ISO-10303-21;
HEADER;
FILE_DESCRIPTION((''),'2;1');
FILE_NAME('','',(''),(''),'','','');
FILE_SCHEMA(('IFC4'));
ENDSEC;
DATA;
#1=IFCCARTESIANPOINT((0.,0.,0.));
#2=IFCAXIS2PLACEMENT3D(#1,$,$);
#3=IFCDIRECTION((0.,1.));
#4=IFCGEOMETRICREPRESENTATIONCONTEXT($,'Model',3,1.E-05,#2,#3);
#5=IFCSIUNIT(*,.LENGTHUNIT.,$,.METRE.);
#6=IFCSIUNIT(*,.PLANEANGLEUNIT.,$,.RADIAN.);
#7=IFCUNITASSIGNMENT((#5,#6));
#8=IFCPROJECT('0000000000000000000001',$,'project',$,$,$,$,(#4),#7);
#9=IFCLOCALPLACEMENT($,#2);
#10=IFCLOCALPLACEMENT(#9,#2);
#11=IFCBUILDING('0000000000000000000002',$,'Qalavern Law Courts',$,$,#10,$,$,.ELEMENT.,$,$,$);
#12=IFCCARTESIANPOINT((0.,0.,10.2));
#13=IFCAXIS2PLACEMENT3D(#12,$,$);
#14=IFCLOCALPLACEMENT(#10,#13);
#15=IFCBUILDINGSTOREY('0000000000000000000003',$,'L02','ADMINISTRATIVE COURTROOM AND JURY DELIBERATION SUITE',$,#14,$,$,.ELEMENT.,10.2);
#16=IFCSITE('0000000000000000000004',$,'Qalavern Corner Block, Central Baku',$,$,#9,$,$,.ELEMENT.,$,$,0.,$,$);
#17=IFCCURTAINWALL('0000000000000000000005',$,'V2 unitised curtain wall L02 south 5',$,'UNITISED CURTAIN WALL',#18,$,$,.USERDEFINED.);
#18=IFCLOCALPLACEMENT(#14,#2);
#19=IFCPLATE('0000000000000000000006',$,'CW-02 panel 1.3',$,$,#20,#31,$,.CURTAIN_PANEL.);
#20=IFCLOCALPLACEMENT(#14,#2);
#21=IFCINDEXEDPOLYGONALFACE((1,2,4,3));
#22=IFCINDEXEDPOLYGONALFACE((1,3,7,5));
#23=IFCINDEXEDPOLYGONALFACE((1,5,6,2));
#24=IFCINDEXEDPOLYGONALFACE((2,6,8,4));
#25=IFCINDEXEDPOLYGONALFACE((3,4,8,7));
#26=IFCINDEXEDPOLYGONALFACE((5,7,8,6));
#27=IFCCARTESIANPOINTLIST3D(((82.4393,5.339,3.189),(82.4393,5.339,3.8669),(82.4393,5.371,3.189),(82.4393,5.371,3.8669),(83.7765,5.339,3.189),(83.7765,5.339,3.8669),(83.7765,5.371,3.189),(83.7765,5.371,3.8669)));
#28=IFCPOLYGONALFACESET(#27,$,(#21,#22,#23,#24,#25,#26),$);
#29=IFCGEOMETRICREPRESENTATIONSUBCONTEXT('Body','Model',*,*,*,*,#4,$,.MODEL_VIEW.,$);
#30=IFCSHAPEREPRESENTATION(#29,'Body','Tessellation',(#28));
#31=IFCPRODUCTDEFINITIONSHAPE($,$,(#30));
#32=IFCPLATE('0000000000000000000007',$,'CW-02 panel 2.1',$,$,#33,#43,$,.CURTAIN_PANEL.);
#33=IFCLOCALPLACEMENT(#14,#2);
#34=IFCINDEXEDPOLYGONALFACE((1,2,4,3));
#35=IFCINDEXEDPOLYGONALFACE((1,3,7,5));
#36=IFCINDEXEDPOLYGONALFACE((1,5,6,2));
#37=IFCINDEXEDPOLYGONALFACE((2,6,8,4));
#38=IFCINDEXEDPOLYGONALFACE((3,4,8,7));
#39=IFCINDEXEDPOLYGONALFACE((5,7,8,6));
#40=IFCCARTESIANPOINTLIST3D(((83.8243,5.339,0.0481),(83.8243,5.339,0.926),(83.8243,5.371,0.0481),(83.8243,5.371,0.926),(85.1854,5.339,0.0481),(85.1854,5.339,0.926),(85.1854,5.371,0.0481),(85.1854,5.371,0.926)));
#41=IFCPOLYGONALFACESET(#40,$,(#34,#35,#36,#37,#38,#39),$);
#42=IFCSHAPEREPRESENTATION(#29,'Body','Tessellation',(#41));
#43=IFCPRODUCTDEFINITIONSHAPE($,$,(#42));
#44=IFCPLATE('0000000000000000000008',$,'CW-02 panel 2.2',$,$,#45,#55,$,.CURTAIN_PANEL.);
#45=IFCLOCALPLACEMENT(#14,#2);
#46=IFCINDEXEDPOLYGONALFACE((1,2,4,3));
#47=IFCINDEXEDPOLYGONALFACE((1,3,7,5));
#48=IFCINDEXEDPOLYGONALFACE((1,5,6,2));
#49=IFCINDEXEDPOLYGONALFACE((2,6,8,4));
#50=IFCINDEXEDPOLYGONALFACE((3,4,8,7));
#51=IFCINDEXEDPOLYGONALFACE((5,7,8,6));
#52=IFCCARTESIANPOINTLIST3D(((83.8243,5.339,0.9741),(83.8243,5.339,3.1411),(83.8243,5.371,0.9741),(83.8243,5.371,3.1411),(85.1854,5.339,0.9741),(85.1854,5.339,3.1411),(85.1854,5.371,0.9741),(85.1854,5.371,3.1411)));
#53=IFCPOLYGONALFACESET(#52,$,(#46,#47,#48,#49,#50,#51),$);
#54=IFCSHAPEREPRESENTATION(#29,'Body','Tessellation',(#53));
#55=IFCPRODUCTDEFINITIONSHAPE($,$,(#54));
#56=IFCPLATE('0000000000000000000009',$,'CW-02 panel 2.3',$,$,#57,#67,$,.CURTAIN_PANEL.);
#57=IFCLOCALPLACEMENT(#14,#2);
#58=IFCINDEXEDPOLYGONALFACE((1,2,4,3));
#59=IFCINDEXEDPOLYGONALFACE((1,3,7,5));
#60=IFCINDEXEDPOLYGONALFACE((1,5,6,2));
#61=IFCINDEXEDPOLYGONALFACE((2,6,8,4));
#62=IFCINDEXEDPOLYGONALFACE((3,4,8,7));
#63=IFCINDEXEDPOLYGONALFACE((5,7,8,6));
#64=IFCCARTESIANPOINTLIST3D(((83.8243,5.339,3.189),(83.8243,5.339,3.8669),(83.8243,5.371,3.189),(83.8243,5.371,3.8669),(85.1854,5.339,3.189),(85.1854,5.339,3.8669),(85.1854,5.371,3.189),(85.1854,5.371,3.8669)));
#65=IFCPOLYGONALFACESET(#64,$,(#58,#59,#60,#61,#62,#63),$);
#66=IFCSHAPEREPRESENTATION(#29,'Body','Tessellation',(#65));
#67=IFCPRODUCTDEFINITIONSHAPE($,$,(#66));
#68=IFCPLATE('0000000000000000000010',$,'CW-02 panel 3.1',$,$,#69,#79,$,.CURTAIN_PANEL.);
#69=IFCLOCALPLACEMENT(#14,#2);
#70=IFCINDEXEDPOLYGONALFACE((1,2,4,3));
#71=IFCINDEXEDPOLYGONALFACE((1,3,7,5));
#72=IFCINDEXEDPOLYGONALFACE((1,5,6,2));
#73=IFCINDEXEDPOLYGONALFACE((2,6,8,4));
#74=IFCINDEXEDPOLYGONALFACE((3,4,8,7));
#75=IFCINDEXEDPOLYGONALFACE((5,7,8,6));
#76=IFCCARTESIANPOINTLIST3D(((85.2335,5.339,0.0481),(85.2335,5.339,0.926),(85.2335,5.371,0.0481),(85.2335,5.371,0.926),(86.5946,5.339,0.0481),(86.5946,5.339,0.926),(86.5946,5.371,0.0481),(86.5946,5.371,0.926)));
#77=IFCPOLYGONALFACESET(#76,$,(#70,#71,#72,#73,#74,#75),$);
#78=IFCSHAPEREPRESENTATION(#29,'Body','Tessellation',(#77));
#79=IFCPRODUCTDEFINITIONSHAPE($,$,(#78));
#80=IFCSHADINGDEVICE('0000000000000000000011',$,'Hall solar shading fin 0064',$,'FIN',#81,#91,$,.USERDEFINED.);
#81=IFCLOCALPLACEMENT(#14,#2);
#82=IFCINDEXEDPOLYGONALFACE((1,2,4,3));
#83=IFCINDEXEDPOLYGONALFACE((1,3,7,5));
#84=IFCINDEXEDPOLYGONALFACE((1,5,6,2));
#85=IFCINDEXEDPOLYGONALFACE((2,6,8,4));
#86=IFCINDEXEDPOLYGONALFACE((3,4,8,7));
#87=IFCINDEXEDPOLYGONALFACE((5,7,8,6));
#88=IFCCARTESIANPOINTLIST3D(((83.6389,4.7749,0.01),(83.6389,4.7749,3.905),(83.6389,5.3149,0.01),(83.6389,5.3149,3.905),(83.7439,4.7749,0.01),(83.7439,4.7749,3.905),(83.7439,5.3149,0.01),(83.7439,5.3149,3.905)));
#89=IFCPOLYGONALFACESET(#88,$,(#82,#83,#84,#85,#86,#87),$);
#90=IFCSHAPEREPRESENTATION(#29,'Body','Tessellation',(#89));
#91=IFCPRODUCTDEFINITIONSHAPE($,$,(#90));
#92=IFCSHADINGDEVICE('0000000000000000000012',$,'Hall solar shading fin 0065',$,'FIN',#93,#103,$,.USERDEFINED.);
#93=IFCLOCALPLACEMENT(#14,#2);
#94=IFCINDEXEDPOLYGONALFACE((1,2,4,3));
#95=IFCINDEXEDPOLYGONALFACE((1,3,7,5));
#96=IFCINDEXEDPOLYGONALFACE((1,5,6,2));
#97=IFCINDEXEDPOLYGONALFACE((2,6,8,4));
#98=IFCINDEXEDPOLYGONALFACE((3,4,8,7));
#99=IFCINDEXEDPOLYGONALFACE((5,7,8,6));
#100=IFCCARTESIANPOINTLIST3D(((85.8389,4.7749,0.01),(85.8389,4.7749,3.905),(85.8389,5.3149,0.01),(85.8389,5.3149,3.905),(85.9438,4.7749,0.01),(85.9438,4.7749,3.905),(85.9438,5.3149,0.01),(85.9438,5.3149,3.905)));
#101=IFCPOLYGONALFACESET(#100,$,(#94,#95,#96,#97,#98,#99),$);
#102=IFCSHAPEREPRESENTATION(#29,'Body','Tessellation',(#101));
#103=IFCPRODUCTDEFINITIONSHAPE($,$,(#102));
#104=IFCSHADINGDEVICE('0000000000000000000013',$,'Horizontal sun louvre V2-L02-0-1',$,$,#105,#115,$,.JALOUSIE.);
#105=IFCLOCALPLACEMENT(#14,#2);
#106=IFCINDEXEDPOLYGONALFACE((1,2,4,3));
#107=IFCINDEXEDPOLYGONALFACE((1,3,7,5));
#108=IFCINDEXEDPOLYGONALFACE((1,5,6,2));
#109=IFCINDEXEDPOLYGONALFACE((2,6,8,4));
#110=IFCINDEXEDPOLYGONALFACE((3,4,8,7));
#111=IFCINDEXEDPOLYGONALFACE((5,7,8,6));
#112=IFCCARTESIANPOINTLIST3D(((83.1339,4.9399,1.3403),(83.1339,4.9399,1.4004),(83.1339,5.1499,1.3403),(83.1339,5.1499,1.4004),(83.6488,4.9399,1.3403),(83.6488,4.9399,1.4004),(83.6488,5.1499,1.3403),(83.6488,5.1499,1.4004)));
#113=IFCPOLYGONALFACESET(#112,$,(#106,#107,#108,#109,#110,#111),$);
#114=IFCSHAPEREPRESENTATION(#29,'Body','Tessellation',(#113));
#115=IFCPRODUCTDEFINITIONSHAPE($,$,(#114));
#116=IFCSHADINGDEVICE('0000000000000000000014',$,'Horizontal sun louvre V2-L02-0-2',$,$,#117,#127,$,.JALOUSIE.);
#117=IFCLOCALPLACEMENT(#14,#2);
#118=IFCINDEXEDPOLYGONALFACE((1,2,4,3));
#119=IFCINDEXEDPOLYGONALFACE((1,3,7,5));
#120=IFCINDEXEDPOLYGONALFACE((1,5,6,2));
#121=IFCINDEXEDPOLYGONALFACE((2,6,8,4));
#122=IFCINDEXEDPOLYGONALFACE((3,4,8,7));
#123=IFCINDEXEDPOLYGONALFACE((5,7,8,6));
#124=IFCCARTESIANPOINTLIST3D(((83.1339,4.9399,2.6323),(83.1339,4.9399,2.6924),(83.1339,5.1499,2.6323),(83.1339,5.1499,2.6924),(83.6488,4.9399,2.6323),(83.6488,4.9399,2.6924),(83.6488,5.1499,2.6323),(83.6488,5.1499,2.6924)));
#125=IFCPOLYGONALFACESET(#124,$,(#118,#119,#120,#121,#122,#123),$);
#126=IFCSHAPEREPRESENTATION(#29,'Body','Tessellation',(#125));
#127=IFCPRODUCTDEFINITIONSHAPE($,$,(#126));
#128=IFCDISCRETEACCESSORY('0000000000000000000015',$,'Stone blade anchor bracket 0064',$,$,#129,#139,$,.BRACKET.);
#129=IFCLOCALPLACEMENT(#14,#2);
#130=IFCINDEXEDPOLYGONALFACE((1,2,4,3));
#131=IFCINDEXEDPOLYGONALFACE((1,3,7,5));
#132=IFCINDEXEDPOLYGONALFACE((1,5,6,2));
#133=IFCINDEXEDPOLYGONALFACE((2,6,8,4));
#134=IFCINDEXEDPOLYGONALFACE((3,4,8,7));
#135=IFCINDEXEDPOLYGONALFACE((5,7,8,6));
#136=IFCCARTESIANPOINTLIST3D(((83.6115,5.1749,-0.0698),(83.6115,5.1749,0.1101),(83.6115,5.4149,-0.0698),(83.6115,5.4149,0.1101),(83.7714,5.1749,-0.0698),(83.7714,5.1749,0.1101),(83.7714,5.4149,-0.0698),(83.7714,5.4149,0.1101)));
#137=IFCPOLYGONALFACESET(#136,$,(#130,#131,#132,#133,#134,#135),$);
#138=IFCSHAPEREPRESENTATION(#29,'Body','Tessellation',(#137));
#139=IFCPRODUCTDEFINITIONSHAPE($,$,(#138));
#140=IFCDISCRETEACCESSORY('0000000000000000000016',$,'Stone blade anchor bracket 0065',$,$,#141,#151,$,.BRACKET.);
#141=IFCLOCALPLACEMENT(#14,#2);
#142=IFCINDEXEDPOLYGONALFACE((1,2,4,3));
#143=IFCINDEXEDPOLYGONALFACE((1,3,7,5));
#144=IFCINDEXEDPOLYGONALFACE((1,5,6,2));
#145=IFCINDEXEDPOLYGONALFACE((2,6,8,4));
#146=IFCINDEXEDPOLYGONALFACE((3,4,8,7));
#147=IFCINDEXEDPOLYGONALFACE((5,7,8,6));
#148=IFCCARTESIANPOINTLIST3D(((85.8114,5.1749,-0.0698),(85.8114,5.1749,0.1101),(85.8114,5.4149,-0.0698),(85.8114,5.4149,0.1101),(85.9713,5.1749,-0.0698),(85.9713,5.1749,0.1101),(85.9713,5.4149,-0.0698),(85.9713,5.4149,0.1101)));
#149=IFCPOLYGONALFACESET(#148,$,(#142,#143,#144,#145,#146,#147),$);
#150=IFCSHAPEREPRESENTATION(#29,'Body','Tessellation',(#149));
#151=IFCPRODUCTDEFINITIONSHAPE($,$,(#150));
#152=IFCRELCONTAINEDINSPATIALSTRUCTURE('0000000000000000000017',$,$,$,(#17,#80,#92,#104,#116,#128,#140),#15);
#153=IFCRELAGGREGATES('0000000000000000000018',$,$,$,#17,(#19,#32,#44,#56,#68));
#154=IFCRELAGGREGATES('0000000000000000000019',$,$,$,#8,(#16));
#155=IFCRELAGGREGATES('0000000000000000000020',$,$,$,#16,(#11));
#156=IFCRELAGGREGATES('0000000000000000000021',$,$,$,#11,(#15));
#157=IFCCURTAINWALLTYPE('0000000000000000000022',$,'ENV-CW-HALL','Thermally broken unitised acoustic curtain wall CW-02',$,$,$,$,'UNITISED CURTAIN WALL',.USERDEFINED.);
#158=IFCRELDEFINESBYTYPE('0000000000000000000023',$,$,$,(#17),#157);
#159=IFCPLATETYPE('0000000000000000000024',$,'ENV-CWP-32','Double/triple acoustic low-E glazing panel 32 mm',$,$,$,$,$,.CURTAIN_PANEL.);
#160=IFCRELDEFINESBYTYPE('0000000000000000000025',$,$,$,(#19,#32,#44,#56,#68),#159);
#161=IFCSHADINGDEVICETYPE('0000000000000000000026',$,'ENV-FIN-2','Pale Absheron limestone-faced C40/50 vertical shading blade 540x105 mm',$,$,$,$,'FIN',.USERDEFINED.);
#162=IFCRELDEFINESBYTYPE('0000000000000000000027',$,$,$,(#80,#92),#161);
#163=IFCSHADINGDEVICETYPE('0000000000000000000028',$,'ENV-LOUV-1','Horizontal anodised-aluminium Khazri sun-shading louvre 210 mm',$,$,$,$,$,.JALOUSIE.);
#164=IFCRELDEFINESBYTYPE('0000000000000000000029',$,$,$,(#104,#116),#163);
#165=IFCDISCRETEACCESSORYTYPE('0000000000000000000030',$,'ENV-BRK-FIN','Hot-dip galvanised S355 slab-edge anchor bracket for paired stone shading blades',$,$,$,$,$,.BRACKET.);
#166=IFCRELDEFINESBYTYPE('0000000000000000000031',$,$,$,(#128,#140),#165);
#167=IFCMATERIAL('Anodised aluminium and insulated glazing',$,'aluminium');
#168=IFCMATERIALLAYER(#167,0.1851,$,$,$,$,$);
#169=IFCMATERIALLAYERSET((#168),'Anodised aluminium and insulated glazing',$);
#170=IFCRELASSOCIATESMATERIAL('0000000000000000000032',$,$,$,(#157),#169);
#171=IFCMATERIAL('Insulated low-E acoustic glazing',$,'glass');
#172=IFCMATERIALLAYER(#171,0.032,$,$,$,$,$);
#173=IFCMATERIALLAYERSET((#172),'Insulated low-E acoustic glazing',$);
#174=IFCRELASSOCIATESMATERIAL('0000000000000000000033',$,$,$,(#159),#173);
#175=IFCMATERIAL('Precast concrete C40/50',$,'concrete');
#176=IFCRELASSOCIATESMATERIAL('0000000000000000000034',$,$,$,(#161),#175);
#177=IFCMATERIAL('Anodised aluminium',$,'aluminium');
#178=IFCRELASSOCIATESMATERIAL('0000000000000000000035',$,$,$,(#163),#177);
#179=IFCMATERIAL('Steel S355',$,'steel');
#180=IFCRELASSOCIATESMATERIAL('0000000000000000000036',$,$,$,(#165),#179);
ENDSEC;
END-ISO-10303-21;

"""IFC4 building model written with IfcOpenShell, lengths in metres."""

from ifc_helpers import new_model, si_unit, direction, frame, origin, origin_2d, place, context, subcontext, project, spatial, rectangle, extrude, material, layer, layer_set, type_object, element, aggregate, save


model = new_model("IFC4")

# Units and contexts
model_context = context("Model", 3, precision=1e-05, world=origin(), true_north=direction((0.0, 1.0)))
body_context = subcontext(model_context, "Body", "Model", "MODEL_VIEW")
ifc_project = project(units=[si_unit("LENGTHUNIT", "METRE"), si_unit("PLANEANGLEUNIT", "RADIAN")], contexts=[model_context])

# Site, building, storey
site_placement = place(None, origin())
site = spatial("IfcSite", under=ifc_project, at=site_placement, Name="Qalavern Corner Block, Central Baku", CompositionType="ELEMENT", RefElevation=0.0)
building_placement = place(site_placement, origin())
building = spatial("IfcBuilding", under=site, at=building_placement, Name="Qalavern Law Courts", CompositionType="ELEMENT")
storey_placement = place(building_placement, frame((0.0, 0.0, 10.2)))
storey = spatial("IfcBuildingStorey", under=building, at=storey_placement, Name="L02", Description="ADMINISTRATIVE COURTROOM AND JURY DELIBERATION SUITE", CompositionType="ELEMENT", Elevation=10.2)

# Curtain wall, plates
ifc_material_1 = material(Name="Anodised aluminium and insulated glazing", Category="aluminium")
ifc_layer_1 = layer(ifc_material_1, 0.1851)
ifc_layer_set_1 = layer_set([ifc_layer_1], Name="Anodised aluminium and insulated glazing")
curtain_wall_type = type_object("IfcCurtainWallType", Name="ENV-CW-HALL", Description="Thermally broken unitised acoustic curtain wall CW-02", ElementType="UNITISED CURTAIN WALL", PredefinedType="USERDEFINED", material=ifc_layer_set_1)
curtain_wall_placement = place(storey_placement, origin())
curtain_wall = element("IfcCurtainWall", 1, at=curtain_wall_placement, inside=storey, type_object=curtain_wall_type, Name="V2 unitised curtain wall L02 south 5", ObjectType="UNITISED CURTAIN WALL", PredefinedType="USERDEFINED")
ifc_material_2 = material(Name="Anodised aluminium", Category="aluminium")
ifc_material_3 = material(Name="Insulated low-E acoustic glazing", Category="glass")
ifc_layer_2 = layer(ifc_material_3, 0.032)
ifc_layer_set_2 = layer_set([ifc_layer_2], Name="Insulated low-E acoustic glazing")
plate_type = type_object("IfcPlateType", Name="ENV-CWP-32", Description="Double/triple acoustic low-E glazing panel 32 mm", PredefinedType="CURTAIN_PANEL", material=ifc_layer_set_2)
plate_1_placement = place(storey_placement, frame((83.1079, 5.355, 3.189), z_axis=(0.0, 0.0, 1.0), x_axis=(1.0, 0.0, 0.0)))
plate_1 = element("IfcPlate", 2, at=plate_1_placement, type_object=plate_type, Name="CW-02 panel 1.3", PredefinedType="CURTAIN_PANEL", context=body_context, shape_type="SweptSolid", body=[
    extrude(rectangle(XDim=1.3372, YDim=0.032, at=origin_2d()), origin(), (0.0, 0.0, 1.0), 0.678),
])
plate_2_placement = place(storey_placement, frame((84.5049, 5.355, 0.0481), z_axis=(0.0, 0.0, 1.0), x_axis=(1.0, 0.0, 0.0)))
plate_2 = element("IfcPlate", 3, at=plate_2_placement, type_object=plate_type, Name="CW-02 panel 2.1", PredefinedType="CURTAIN_PANEL", context=body_context, shape_type="SweptSolid", body=[
    extrude(rectangle(XDim=1.3611, YDim=0.032, at=origin_2d()), origin(), (0.0, 0.0, 1.0), 0.8779),
])
plate_3_placement = place(storey_placement, frame((84.5049, 5.355, 0.9741), z_axis=(0.0, 0.0, 1.0), x_axis=(1.0, 0.0, 0.0)))
plate_3 = element("IfcPlate", 4, at=plate_3_placement, type_object=plate_type, Name="CW-02 panel 2.2", PredefinedType="CURTAIN_PANEL", context=body_context, shape_type="SweptSolid", body=[
    extrude(rectangle(XDim=1.3611, YDim=0.032, at=origin_2d()), origin(), (0.0, 0.0, 1.0), 2.167),
])
plate_4_placement = place(storey_placement, frame((84.5049, 5.355, 3.189), z_axis=(0.0, 0.0, 1.0), x_axis=(1.0, 0.0, 0.0)))
plate_4 = element("IfcPlate", 5, at=plate_4_placement, type_object=plate_type, Name="CW-02 panel 2.3", PredefinedType="CURTAIN_PANEL", context=body_context, shape_type="SweptSolid", body=[
    extrude(rectangle(XDim=1.3611, YDim=0.032, at=origin_2d()), origin(), (0.0, 0.0, 1.0), 0.678),
])
plate_5_placement = place(storey_placement, frame((85.9141, 5.355, 0.0481), z_axis=(0.0, 0.0, 1.0), x_axis=(1.0, 0.0, 0.0)))
plate_5 = element("IfcPlate", 6, at=plate_5_placement, type_object=plate_type, Name="CW-02 panel 3.1", PredefinedType="CURTAIN_PANEL", context=body_context, shape_type="SweptSolid", body=[
    extrude(rectangle(XDim=1.3611, YDim=0.032, at=origin_2d()), origin(), (0.0, 0.0, 1.0), 0.8779),
])
aggregate(curtain_wall, [plate_1, plate_2, plate_3, plate_4, plate_5])

# Shading devices
ifc_material_4 = material(Name="Precast concrete C40/50", Category="concrete")
shading_device_type_1 = type_object("IfcShadingDeviceType", Name="ENV-FIN-2", Description="Pale Absheron limestone-faced C40/50 vertical shading blade 540x105 mm", ElementType="FIN", PredefinedType="USERDEFINED", material=ifc_material_4)
for number, where, z_axis, x_axis, name in (
    (7, (83.6914, 5.0449, 0.01), (0.0, 0.0, 1.0), (0.0, -1.0, 0.0), "Hall solar shading fin 0064"),
    (8, (85.8914, 5.0449, 0.01), (0.0, 0.0, 1.0), (0.0, -1.0, 0.0), "Hall solar shading fin 0065"),
):
    element("IfcShadingDevice", number, at=place(storey_placement, frame(where, z_axis=z_axis, x_axis=x_axis)), inside=storey, type_object=shading_device_type_1, Name=name, ObjectType="FIN", PredefinedType="USERDEFINED", context=body_context, shape_type="SweptSolid", body=[
        extrude(rectangle(XDim=0.54, YDim=0.105, at=origin_2d()), origin(), (0.0, 0.0, 1.0), 3.895),
    ])
shading_device_type_2 = type_object("IfcShadingDeviceType", Name="ENV-LOUV-1", Description="Horizontal anodised-aluminium Khazri sun-shading louvre 210 mm", PredefinedType="JALOUSIE", material=ifc_material_2)
for number, where, z_axis, x_axis, name in (
    (9, (83.3914, 5.0449, 1.3403), (0.0, 0.0, 1.0), (1.0, 0.0, 0.0), "Horizontal sun louvre V2-L02-0-1"),
    (10, (83.3914, 5.0449, 2.6323), (0.0, 0.0, 1.0), (1.0, 0.0, 0.0), "Horizontal sun louvre V2-L02-0-2"),
):
    element("IfcShadingDevice", number, at=place(storey_placement, frame(where, z_axis=z_axis, x_axis=x_axis)), inside=storey, type_object=shading_device_type_2, Name=name, PredefinedType="JALOUSIE", context=body_context, shape_type="SweptSolid", body=[
        extrude(rectangle(XDim=0.5149, YDim=0.21, at=origin_2d()), origin(), (0.0, 0.0, 1.0), 0.0601),
    ])

# Discrete accessories
ifc_material_5 = material(Name="Steel S355", Category="steel")
discrete_accessory_type = type_object("IfcDiscreteAccessoryType", Name="ENV-BRK-FIN", Description="Hot-dip galvanised S355 slab-edge anchor bracket for paired stone shading blades", PredefinedType="BRACKET", material=ifc_material_5)
for number, where, z_axis, x_axis, name in (
    (11, (83.6914, 5.2949, -0.0698), (0.0, 0.0, 1.0), (0.0, -1.0, 0.0), "Stone blade anchor bracket 0064"),
    (12, (85.8914, 5.2949, -0.0698), (0.0, 0.0, 1.0), (0.0, -1.0, 0.0), "Stone blade anchor bracket 0065"),
):
    element("IfcDiscreteAccessory", number, at=place(storey_placement, frame(where, z_axis=z_axis, x_axis=x_axis)), inside=storey, type_object=discrete_accessory_type, Name=name, PredefinedType="BRACKET", context=body_context, shape_type="SweptSolid", body=[
        extrude(rectangle(XDim=0.24, YDim=0.1599, at=origin_2d()), origin(), (0.0, 0.0, 1.0), 0.1799),
    ])

save(model, "model.ifc")
